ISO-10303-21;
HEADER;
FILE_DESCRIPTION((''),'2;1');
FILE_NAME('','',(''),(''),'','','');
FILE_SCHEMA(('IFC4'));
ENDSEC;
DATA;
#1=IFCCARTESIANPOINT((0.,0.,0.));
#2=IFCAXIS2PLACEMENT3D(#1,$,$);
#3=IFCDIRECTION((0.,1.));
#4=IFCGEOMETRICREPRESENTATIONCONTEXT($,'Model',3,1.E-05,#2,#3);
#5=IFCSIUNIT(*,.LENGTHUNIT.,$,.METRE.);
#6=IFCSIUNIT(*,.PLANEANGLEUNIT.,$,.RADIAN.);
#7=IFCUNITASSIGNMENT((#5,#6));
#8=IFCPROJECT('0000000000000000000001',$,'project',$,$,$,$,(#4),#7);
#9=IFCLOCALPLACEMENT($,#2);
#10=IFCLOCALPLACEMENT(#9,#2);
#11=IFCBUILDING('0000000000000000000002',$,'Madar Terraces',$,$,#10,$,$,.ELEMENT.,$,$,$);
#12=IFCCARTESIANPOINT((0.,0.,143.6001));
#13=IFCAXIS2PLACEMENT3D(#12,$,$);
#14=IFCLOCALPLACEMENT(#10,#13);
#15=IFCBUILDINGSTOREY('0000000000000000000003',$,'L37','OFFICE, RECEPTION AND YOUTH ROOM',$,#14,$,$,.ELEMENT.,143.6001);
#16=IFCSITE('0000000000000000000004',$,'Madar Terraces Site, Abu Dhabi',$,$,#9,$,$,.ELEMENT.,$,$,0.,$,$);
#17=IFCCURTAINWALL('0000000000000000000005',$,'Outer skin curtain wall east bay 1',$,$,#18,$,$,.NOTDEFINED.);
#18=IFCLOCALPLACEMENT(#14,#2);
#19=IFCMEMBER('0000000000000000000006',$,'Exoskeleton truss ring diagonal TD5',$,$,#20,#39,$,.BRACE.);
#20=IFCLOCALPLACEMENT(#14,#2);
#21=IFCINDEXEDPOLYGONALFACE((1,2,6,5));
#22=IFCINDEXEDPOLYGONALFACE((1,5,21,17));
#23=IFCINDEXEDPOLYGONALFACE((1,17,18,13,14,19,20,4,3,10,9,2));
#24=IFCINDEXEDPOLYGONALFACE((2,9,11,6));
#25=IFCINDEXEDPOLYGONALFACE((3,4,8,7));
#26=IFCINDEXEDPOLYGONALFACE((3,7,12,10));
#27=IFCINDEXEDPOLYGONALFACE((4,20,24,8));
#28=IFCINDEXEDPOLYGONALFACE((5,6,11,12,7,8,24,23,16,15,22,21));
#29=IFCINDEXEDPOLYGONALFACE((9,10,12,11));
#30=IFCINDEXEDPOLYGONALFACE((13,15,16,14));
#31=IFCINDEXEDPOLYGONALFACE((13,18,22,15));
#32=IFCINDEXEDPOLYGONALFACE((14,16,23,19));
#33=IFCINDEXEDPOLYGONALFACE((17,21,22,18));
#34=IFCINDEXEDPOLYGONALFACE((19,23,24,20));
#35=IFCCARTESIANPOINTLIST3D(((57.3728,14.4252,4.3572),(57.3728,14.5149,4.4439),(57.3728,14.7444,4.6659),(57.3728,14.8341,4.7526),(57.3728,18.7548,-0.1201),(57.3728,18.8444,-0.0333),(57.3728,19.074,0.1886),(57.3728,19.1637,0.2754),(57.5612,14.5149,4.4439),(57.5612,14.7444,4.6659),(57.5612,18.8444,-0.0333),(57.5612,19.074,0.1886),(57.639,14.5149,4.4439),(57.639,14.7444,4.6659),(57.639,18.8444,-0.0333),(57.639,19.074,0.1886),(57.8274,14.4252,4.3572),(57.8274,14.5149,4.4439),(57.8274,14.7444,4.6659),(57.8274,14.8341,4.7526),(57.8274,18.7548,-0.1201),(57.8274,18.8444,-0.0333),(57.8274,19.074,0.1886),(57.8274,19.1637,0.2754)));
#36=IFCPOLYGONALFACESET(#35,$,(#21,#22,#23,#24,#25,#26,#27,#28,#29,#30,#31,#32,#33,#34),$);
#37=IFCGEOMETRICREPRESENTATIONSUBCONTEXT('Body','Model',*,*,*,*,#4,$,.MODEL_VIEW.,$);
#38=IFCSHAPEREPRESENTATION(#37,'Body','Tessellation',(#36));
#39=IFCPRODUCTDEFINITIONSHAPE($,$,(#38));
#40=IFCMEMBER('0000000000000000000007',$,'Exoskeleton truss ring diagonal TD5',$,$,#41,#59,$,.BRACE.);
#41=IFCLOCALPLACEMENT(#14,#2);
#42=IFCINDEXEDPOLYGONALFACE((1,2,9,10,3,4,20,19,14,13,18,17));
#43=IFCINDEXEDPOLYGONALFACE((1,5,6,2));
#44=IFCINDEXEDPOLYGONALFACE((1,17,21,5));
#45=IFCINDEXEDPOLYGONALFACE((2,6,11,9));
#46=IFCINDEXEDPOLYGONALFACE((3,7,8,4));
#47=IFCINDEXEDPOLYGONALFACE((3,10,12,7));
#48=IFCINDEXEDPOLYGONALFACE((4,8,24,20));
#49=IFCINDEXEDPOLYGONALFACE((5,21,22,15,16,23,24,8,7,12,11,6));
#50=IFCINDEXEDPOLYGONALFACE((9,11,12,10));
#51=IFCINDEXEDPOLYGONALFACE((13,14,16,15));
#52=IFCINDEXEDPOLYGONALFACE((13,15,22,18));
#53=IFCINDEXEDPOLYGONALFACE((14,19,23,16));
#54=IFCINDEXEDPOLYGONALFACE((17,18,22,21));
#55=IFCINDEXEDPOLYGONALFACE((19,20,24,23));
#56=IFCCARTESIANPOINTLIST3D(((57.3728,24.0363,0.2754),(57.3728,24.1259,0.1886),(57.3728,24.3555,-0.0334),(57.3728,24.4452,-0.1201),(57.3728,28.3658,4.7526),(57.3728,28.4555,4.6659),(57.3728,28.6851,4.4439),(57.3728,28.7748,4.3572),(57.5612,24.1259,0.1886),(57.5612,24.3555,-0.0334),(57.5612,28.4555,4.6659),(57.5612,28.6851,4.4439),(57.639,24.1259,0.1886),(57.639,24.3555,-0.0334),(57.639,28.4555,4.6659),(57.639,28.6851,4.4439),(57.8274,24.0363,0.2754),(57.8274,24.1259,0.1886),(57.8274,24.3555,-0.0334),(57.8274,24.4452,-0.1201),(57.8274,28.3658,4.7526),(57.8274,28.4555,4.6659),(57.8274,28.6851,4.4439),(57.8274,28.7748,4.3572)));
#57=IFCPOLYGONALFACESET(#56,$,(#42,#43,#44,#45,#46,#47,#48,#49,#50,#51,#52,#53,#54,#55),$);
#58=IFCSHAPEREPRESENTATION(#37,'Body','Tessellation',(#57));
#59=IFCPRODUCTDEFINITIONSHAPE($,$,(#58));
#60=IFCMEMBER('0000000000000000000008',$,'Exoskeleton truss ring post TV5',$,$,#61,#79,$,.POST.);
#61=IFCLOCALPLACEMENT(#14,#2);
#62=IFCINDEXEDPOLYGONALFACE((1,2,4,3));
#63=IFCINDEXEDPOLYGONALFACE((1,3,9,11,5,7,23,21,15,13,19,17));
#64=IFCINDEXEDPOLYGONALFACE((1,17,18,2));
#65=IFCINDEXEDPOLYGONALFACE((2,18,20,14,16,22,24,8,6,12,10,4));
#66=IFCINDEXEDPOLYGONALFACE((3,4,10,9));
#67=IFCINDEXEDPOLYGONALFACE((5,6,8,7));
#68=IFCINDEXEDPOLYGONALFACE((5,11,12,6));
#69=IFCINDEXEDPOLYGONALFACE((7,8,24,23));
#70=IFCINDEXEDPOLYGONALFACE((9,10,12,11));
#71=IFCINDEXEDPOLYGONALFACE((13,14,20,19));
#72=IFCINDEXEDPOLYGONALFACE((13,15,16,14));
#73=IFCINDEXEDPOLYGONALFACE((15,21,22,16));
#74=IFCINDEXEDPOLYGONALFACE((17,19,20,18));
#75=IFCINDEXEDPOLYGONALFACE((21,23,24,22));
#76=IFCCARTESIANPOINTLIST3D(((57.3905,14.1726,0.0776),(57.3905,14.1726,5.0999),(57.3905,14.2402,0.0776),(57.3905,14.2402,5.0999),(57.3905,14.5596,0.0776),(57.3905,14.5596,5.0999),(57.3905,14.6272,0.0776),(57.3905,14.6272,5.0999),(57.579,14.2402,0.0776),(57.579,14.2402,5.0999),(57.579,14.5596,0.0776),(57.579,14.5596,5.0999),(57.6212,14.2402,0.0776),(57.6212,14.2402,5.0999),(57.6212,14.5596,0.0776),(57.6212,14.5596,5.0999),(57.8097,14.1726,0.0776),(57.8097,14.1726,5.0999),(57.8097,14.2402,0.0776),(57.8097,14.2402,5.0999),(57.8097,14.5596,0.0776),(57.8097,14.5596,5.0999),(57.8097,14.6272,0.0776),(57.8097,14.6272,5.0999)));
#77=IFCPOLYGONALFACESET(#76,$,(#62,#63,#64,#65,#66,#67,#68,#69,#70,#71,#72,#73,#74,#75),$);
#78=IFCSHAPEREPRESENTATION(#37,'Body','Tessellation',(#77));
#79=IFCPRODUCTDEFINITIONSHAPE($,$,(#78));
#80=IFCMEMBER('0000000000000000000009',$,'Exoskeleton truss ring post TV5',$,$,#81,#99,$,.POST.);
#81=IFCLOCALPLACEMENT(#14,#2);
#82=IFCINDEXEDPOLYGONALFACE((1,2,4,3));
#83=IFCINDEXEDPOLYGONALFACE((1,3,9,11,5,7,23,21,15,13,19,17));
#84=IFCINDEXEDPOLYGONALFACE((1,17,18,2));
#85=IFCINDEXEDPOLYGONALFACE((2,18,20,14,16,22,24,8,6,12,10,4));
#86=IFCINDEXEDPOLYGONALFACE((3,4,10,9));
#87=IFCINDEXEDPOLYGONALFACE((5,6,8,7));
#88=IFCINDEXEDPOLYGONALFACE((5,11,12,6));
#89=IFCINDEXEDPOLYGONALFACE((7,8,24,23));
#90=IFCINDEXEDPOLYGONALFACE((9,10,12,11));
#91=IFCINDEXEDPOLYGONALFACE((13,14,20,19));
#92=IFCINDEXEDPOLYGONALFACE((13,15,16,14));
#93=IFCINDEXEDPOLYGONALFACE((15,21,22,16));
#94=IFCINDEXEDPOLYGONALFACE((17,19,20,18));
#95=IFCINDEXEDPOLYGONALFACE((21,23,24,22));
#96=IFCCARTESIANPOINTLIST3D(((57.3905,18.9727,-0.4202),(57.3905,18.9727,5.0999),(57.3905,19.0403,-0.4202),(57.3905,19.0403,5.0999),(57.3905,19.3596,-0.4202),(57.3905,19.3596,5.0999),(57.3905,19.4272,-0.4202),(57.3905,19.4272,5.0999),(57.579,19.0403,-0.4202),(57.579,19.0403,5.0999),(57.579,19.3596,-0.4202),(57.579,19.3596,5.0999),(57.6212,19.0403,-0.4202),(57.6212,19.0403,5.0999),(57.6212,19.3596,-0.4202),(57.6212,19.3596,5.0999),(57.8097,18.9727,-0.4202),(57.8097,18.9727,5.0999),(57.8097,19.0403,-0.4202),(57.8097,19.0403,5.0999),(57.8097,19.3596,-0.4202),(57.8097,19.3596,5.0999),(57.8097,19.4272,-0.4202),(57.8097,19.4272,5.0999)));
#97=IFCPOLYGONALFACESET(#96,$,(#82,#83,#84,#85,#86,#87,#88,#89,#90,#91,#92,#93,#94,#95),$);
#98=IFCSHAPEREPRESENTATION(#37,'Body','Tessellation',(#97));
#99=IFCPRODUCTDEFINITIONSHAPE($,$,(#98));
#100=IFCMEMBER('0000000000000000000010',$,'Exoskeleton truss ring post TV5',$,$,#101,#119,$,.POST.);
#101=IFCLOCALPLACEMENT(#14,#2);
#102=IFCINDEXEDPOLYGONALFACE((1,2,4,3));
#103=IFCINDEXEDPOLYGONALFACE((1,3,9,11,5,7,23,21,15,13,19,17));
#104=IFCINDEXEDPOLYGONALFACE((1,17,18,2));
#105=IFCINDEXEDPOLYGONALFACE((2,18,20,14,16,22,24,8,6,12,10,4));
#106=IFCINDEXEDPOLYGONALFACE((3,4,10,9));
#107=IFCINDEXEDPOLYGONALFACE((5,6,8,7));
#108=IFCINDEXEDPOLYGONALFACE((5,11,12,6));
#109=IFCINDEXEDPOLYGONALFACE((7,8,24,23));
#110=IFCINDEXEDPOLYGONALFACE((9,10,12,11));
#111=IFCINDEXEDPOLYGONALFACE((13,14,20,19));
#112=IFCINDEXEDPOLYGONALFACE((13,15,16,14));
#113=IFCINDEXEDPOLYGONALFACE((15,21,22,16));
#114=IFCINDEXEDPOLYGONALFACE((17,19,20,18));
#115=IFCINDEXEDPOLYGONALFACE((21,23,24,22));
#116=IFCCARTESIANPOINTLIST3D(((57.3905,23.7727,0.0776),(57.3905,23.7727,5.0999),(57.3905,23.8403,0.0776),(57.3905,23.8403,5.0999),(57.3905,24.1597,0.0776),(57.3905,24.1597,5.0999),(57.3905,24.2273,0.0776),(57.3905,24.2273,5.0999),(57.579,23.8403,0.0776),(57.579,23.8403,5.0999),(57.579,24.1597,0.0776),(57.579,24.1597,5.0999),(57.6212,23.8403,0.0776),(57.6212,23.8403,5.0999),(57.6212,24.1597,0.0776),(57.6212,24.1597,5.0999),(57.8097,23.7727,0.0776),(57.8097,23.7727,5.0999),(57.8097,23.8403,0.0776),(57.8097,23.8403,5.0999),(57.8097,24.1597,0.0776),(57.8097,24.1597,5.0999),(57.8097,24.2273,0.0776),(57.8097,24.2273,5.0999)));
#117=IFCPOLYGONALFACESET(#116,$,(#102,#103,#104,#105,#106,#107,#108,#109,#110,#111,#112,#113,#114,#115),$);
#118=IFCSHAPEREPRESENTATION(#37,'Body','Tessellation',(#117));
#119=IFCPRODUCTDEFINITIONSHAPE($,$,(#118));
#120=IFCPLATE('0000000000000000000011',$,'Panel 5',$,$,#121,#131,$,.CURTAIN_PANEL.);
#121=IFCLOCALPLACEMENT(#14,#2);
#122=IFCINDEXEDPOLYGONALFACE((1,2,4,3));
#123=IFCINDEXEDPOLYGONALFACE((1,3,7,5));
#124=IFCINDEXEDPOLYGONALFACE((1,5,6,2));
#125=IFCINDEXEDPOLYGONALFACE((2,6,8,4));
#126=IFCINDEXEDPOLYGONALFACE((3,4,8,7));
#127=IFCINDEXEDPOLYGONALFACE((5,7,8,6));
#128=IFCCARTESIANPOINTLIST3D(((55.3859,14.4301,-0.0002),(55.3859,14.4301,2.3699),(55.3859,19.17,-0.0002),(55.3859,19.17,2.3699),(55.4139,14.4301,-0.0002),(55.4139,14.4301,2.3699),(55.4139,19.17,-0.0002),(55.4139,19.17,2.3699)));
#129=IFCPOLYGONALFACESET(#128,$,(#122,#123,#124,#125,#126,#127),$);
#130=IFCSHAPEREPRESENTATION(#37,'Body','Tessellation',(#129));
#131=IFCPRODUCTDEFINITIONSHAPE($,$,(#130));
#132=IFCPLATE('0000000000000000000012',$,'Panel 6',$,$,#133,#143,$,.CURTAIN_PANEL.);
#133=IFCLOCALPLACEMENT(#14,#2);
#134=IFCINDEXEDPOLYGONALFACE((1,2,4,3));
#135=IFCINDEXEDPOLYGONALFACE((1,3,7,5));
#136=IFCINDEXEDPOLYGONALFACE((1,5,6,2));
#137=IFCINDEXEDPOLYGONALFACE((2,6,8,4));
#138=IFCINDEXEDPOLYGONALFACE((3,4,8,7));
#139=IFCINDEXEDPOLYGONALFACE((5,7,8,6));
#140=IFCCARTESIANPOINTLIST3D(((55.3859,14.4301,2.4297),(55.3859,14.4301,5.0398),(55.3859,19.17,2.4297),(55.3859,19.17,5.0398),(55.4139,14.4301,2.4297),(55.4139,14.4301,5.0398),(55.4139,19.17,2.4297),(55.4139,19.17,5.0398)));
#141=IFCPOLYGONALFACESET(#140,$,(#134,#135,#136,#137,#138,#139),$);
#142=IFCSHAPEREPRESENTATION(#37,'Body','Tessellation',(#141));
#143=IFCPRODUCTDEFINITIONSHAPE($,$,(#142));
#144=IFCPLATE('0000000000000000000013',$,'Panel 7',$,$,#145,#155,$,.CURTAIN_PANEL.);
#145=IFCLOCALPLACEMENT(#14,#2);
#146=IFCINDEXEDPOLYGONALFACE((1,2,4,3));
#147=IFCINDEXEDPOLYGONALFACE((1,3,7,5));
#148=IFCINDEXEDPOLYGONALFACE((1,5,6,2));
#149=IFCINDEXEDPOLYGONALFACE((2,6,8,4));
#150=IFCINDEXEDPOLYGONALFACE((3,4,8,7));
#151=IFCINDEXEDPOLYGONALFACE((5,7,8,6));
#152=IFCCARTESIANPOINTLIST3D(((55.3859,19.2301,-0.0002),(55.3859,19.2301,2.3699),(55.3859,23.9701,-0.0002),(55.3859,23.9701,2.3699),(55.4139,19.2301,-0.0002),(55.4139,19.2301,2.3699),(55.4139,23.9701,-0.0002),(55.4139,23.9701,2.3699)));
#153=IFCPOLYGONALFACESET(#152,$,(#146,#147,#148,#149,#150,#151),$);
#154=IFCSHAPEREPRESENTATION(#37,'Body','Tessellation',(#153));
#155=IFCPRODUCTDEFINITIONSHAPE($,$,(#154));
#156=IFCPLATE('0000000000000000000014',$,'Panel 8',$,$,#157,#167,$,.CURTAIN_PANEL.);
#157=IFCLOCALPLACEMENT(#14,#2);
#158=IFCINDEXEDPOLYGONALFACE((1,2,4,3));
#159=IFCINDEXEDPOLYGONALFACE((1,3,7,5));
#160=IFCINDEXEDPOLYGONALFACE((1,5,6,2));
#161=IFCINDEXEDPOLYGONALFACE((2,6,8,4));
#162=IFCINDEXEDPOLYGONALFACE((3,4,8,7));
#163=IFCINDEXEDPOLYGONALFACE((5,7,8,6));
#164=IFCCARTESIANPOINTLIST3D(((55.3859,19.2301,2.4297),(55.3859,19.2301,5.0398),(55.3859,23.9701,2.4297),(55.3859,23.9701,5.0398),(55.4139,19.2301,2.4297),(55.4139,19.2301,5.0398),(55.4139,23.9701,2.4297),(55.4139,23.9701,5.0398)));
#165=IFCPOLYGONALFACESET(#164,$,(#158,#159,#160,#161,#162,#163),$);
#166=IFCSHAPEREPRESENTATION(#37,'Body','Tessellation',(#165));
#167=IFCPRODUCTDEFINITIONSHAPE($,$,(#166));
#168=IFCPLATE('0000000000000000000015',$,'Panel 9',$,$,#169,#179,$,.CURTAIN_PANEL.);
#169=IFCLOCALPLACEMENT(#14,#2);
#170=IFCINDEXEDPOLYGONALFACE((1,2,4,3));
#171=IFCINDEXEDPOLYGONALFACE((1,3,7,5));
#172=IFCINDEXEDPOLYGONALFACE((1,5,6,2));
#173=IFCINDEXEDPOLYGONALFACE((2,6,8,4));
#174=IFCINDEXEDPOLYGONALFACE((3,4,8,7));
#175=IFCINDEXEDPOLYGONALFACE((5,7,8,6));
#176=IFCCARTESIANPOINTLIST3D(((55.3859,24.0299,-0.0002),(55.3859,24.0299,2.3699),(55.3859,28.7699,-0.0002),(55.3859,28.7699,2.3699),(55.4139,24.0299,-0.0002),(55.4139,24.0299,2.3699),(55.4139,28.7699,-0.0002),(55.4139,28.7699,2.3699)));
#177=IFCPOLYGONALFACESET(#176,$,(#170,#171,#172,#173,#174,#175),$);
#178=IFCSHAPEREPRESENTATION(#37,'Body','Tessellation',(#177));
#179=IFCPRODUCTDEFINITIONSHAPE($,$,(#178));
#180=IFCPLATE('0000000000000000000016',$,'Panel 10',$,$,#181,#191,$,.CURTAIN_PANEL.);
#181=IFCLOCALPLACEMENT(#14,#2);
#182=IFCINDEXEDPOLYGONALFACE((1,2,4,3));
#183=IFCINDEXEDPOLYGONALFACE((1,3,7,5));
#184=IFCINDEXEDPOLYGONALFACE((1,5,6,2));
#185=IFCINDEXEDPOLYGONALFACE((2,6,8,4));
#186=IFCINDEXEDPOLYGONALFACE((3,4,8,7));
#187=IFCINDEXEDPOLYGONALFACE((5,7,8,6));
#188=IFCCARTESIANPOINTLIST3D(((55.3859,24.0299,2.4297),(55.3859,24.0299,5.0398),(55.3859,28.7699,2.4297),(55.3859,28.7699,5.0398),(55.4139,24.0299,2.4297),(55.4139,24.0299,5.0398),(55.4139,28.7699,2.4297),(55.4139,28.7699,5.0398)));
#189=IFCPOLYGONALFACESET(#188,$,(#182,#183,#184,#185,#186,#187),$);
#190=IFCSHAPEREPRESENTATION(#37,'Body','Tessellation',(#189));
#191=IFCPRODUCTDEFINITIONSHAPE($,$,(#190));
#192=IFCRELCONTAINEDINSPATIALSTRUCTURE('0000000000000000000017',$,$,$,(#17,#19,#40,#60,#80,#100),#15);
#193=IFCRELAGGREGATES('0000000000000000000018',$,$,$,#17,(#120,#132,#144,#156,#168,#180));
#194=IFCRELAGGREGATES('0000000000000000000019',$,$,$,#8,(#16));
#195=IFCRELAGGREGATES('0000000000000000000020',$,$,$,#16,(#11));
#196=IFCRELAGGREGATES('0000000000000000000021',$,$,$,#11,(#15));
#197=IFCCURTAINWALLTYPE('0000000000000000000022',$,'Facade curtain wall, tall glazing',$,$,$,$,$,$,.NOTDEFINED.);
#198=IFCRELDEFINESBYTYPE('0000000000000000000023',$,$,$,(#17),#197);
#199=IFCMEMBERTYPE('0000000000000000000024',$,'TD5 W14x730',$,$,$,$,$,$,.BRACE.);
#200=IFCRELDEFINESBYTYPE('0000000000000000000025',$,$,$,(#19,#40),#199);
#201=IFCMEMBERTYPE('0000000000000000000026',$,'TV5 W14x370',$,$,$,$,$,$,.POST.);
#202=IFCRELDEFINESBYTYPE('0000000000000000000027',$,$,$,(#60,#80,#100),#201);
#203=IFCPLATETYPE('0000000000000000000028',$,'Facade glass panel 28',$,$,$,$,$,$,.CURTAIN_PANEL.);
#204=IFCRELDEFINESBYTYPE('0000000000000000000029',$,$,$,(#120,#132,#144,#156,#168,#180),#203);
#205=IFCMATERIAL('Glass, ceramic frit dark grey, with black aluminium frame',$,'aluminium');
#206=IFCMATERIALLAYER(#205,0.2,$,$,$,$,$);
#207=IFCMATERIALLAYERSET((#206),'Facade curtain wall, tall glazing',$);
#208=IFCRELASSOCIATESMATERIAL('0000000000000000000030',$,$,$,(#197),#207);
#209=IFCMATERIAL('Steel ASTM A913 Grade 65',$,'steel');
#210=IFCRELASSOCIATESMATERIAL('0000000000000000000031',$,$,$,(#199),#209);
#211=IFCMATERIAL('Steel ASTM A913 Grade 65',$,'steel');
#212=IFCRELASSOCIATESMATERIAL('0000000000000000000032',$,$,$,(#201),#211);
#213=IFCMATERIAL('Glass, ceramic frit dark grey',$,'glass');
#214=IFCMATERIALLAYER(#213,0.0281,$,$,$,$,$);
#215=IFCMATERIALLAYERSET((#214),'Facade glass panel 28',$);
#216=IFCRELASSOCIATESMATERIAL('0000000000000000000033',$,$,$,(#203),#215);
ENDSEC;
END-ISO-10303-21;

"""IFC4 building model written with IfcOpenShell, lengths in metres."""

from ifc_helpers import new_model, si_unit, direction, frame, origin, origin_2d, place, context, subcontext, project, spatial, rectangle, i_section, extrude, material, layer, layer_set, material_profile, profile_set, type_object, element, aggregate, save


model = new_model("IFC4")

# Units and contexts
model_context = context("Model", 3, precision=1e-05, world=origin(), true_north=direction((0.0, 1.0)))
body_context = subcontext(model_context, "Body", "Model", "MODEL_VIEW")
ifc_project = project(units=[si_unit("LENGTHUNIT", "METRE"), si_unit("PLANEANGLEUNIT", "RADIAN")], contexts=[model_context])

# Site, building, storey
site_placement = place(None, origin())
site = spatial("IfcSite", under=ifc_project, at=site_placement, Name="Madar Terraces Site, Abu Dhabi", CompositionType="ELEMENT", RefElevation=0.0)
building_placement = place(site_placement, origin())
building = spatial("IfcBuilding", under=site, at=building_placement, Name="Madar Terraces", CompositionType="ELEMENT")
storey_placement = place(building_placement, frame((0.0, 0.0, 143.6001)))
storey = spatial("IfcBuildingStorey", under=building, at=storey_placement, Name="L37", Description="OFFICE, RECEPTION AND YOUTH ROOM", CompositionType="ELEMENT", Elevation=143.6001)

# Curtain wall
ifc_material_1 = material(Name="Glass, ceramic frit dark grey, with black aluminium frame", Category="aluminium")
ifc_layer_1 = layer(ifc_material_1, 0.2)
ifc_layer_set_1 = layer_set([ifc_layer_1], Name="Facade curtain wall, tall glazing")
curtain_wall_type = type_object("IfcCurtainWallType", Name="Facade curtain wall, tall glazing", PredefinedType="NOTDEFINED", material=ifc_layer_set_1)
curtain_wall_placement = place(storey_placement, origin())
curtain_wall = element("IfcCurtainWall", 1, at=curtain_wall_placement, inside=storey, type_object=curtain_wall_type, Name="Outer skin curtain wall east bay 1", PredefinedType="NOTDEFINED")

# Members
ifc_material_2 = material(Name="Steel ASTM A913 Grade 65", Category="steel")
ifc_material_profile_1 = material_profile(ifc_material_2, i_section(OverallWidth=0.4546, OverallDepth=0.5688, WebThickness=0.0779, FlangeThickness=0.1248, at=origin_2d()), Name="W14x730")
ifc_profile_set_1 = profile_set([ifc_material_profile_1], Name="Steel ASTM A913 Grade 65")
member_type_1 = type_object("IfcMemberType", Name="TD5 W14x730", PredefinedType="BRACE", material=ifc_profile_set_1)
for number, where, z_axis, x_axis, name in (
    (2, (57.6001, 14.6296, 4.5549), (0.0, 0.69515, -0.718865), (-1.0, 0.0, 0.0), "Exoskeleton truss ring diagonal TD5"),
    (3, (57.6001, 24.2407, 0.0776), (0.0, 0.69515, 0.718865), (-1.0, 0.0, 0.0), "Exoskeleton truss ring diagonal TD5"),
):
    element("IfcMember", number, at=place(storey_placement, frame(where, z_axis=z_axis, x_axis=x_axis)), inside=storey, type_object=member_type_1, Name=name, PredefinedType="BRACE", context=body_context, shape_type="SweptSolid", body=[
        extrude(i_section(OverallWidth=0.4546, OverallDepth=0.5688, WebThickness=0.0779, FlangeThickness=0.1248, at=origin_2d()), origin(), (0.0, 0.0, 1.0), 6.2283),
    ])
ifc_material_3 = material(Name="Steel ASTM A913 Grade 65", Category="steel")
ifc_material_profile_2 = material_profile(ifc_material_3, i_section(OverallWidth=0.4192, OverallDepth=0.4546, WebThickness=0.0422, FlangeThickness=0.0676, at=origin_2d()), Name="W14x370")
ifc_profile_set_2 = profile_set([ifc_material_profile_2], Name="Steel ASTM A913 Grade 65")
member_type_2 = type_object("IfcMemberType", Name="TV5 W14x370", PredefinedType="POST", material=ifc_profile_set_2)
member_1_placement = place(storey_placement, frame((57.6001, 14.3999, 0.0776), z_axis=(0.0, 0.0, 1.0), x_axis=(-1.0, 0.0, 0.0)))
element("IfcMember", 4, at=member_1_placement, inside=storey, type_object=member_type_2, Name="Exoskeleton truss ring post TV5", PredefinedType="POST", context=body_context, shape_type="SweptSolid", body=[
    extrude(i_section(OverallWidth=0.4192, OverallDepth=0.4546, WebThickness=0.0422, FlangeThickness=0.0676, at=origin_2d()), origin(), (0.0, 0.0, 1.0), 5.0222),
])
member_2_placement = place(storey_placement, frame((57.6001, 19.2, -0.4202), z_axis=(0.0, 0.0, 1.0), x_axis=(-1.0, 0.0, 0.0)))
element("IfcMember", 5, at=member_2_placement, inside=storey, type_object=member_type_2, Name="Exoskeleton truss ring post TV5", PredefinedType="POST", context=body_context, shape_type="SweptSolid", body=[
    extrude(i_section(OverallWidth=0.4192, OverallDepth=0.4546, WebThickness=0.0422, FlangeThickness=0.0676, at=origin_2d()), origin(), (0.0, 0.0, 1.0), 5.52),
])
member_3_placement = place(storey_placement, frame((57.6001, 24.0, 0.0776), z_axis=(0.0, 0.0, 1.0), x_axis=(-1.0, 0.0, 0.0)))
element("IfcMember", 6, at=member_3_placement, inside=storey, type_object=member_type_2, Name="Exoskeleton truss ring post TV5", PredefinedType="POST", context=body_context, shape_type="SweptSolid", body=[
    extrude(i_section(OverallWidth=0.4192, OverallDepth=0.4546, WebThickness=0.0422, FlangeThickness=0.0676, at=origin_2d()), origin(), (0.0, 0.0, 1.0), 5.0222),
])

# Plates
ifc_material_4 = material(Name="Glass, ceramic frit dark grey", Category="glass")
ifc_layer_2 = layer(ifc_material_4, 0.0281)
ifc_layer_set_2 = layer_set([ifc_layer_2], Name="Facade glass panel 28")
plate_type = type_object("IfcPlateType", Name="Facade glass panel 28", PredefinedType="CURTAIN_PANEL", material=ifc_layer_set_2)
plate_1_placement = place(storey_placement, frame((55.3999, 16.8, -0.0002), z_axis=(0.0, 0.0, 1.0), x_axis=(0.0, 1.0, 0.0)))
plate_1 = element("IfcPlate", 7, at=plate_1_placement, type_object=plate_type, Name="Panel 5", PredefinedType="CURTAIN_PANEL", context=body_context, shape_type="SweptSolid", body=[
    extrude(rectangle(XDim=4.74, YDim=0.0281, at=origin_2d()), origin(), (0.0, 0.0, 1.0), 2.3701),
])
plate_2_placement = place(storey_placement, frame((55.3999, 16.8, 2.4297), z_axis=(0.0, 0.0, 1.0), x_axis=(0.0, 1.0, 0.0)))
plate_2 = element("IfcPlate", 8, at=plate_2_placement, type_object=plate_type, Name="Panel 6", PredefinedType="CURTAIN_PANEL", context=body_context, shape_type="SweptSolid", body=[
    extrude(rectangle(XDim=4.74, YDim=0.0281, at=origin_2d()), origin(), (0.0, 0.0, 1.0), 2.6101),
])
plate_3_placement = place(storey_placement, frame((55.3999, 21.6001, -0.0002), z_axis=(0.0, 0.0, 1.0), x_axis=(0.0, 1.0, 0.0)))
plate_3 = element("IfcPlate", 9, at=plate_3_placement, type_object=plate_type, Name="Panel 7", PredefinedType="CURTAIN_PANEL", context=body_context, shape_type="SweptSolid", body=[
    extrude(rectangle(XDim=4.74, YDim=0.0281, at=origin_2d()), origin(), (0.0, 0.0, 1.0), 2.3701),
])
plate_4_placement = place(storey_placement, frame((55.3999, 21.6001, 2.4297), z_axis=(0.0, 0.0, 1.0), x_axis=(0.0, 1.0, 0.0)))
plate_4 = element("IfcPlate", 10, at=plate_4_placement, type_object=plate_type, Name="Panel 8", PredefinedType="CURTAIN_PANEL", context=body_context, shape_type="SweptSolid", body=[
    extrude(rectangle(XDim=4.74, YDim=0.0281, at=origin_2d()), origin(), (0.0, 0.0, 1.0), 2.6101),
])
plate_5_placement = place(storey_placement, frame((55.3999, 26.3999, -0.0002), z_axis=(0.0, 0.0, 1.0), x_axis=(0.0, 1.0, 0.0)))
plate_5 = element("IfcPlate", 11, at=plate_5_placement, type_object=plate_type, Name="Panel 9", PredefinedType="CURTAIN_PANEL", context=body_context, shape_type="SweptSolid", body=[
    extrude(rectangle(XDim=4.74, YDim=0.0281, at=origin_2d()), origin(), (0.0, 0.0, 1.0), 2.3701),
])
plate_6_placement = place(storey_placement, frame((55.3999, 26.3999, 2.4297), z_axis=(0.0, 0.0, 1.0), x_axis=(0.0, 1.0, 0.0)))
plate_6 = element("IfcPlate", 12, at=plate_6_placement, type_object=plate_type, Name="Panel 10", PredefinedType="CURTAIN_PANEL", context=body_context, shape_type="SweptSolid", body=[
    extrude(rectangle(XDim=4.74, YDim=0.0281, at=origin_2d()), origin(), (0.0, 0.0, 1.0), 2.6101),
])
aggregate(curtain_wall, [plate_1, plate_2, plate_3, plate_4, plate_5, plate_6])

save(model, "model.ifc")
